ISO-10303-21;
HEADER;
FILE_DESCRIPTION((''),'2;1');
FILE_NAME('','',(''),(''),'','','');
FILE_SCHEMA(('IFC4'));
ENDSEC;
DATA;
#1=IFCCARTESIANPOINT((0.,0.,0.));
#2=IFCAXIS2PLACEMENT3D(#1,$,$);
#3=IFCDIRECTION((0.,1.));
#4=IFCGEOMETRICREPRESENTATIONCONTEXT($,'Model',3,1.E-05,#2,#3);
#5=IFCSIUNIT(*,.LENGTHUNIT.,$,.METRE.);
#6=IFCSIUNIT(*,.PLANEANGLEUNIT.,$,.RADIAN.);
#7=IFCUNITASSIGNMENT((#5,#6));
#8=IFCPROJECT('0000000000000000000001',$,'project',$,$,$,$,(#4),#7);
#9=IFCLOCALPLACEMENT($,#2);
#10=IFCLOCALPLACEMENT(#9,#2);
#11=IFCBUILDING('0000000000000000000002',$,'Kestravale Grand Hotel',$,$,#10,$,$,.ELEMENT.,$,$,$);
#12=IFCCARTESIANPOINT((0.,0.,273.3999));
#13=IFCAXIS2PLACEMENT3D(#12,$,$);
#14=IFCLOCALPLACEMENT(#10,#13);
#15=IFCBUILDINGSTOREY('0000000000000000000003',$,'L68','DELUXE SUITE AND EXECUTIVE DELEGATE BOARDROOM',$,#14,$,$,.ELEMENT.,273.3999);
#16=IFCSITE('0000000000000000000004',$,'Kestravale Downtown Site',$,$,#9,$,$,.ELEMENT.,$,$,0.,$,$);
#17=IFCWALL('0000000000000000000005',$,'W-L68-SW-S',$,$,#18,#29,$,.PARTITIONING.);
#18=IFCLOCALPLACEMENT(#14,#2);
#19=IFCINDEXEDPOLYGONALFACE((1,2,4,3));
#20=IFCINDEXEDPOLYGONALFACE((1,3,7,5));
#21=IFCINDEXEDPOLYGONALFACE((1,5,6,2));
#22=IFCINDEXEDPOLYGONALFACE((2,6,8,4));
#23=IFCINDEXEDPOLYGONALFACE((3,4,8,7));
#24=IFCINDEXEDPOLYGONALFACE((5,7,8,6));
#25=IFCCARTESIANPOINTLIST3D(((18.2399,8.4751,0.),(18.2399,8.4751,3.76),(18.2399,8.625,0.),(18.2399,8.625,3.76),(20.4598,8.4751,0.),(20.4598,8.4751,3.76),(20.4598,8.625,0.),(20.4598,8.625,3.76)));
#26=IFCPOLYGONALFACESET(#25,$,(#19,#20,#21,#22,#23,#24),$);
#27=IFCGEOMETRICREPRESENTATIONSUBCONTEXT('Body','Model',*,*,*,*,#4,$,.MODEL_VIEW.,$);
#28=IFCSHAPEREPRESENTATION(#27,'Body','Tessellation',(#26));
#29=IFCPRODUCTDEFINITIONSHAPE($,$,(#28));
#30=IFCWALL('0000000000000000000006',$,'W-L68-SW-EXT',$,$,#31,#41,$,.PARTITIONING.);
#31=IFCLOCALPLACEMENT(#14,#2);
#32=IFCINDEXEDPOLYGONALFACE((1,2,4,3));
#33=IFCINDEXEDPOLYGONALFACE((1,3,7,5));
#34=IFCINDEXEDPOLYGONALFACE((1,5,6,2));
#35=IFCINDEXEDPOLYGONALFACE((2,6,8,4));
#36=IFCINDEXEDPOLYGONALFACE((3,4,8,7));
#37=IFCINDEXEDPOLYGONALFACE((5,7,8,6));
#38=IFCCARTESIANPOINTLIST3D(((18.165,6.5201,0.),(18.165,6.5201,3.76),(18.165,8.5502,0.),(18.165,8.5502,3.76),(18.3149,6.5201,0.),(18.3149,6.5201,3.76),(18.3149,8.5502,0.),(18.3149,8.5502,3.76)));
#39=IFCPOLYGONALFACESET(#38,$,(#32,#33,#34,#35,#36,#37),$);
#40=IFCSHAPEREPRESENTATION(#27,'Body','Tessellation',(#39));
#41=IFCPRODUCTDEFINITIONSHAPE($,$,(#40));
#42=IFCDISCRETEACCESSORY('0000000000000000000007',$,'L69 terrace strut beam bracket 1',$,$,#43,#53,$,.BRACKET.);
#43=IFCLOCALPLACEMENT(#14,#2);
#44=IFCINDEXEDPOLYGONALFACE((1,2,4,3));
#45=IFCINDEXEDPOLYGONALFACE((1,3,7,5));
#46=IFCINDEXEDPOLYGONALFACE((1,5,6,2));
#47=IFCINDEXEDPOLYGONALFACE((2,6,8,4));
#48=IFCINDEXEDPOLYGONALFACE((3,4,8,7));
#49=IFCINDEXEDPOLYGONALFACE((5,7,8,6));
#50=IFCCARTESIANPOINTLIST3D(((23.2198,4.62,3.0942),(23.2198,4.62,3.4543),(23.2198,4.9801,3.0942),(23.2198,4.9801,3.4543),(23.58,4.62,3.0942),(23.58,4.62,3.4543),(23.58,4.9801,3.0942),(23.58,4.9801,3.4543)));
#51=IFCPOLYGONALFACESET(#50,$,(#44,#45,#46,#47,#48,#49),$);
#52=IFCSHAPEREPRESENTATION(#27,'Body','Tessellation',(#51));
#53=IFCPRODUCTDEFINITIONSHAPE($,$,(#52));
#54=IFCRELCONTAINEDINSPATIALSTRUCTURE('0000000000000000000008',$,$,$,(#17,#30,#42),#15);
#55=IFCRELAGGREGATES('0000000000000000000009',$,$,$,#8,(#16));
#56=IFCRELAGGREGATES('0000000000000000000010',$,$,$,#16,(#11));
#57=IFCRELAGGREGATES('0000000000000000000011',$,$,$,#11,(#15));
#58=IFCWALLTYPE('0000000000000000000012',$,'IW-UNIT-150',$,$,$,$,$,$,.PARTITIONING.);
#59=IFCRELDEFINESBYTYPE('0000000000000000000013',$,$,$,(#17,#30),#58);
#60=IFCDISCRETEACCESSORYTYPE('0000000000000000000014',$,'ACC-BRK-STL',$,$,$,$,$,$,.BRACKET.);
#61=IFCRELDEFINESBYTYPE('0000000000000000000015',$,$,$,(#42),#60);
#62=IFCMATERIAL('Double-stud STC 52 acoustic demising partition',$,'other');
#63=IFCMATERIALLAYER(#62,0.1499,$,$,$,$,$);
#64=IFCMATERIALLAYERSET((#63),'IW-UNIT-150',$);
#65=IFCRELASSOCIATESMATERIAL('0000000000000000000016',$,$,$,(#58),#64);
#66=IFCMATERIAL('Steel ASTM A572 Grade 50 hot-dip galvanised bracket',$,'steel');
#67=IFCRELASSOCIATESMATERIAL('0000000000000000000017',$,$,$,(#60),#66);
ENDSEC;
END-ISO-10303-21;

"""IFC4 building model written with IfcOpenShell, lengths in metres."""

from ifc_helpers import new_model, si_unit, direction, frame, frame_2d, origin, origin_2d, place, context, subcontext, project, spatial, rectangle, extrude, material, layer, layer_set, type_object, element, save


model = new_model("IFC4")

# Units and contexts
model_context = context("Model", 3, precision=1e-05, world=origin(), true_north=direction((0.0, 1.0)))
body_context = subcontext(model_context, "Body", "Model", "MODEL_VIEW")
ifc_project = project(units=[si_unit("LENGTHUNIT", "METRE"), si_unit("PLANEANGLEUNIT", "RADIAN")], contexts=[model_context])

# Site, building, storey
site_placement = place(None, origin())
site = spatial("IfcSite", under=ifc_project, at=site_placement, Name="Kestravale Downtown Site", CompositionType="ELEMENT", RefElevation=0.0)
building_placement = place(site_placement, origin())
building = spatial("IfcBuilding", under=site, at=building_placement, Name="Kestravale Grand Hotel", CompositionType="ELEMENT")
storey_placement = place(building_placement, frame((0.0, 0.0, 273.3999)))
storey = spatial("IfcBuildingStorey", under=building, at=storey_placement, Name="L68", Description="DELUXE SUITE AND EXECUTIVE DELEGATE BOARDROOM", CompositionType="ELEMENT", Elevation=273.3999)

# Walls
ifc_material_1 = material(Name="Double-stud STC 52 acoustic demising partition", Category="other")
ifc_layer_1 = layer(ifc_material_1, 0.1499)
ifc_layer_set_1 = layer_set([ifc_layer_1], Name="IW-UNIT-150")
wall_type_1 = type_object("IfcWallType", Name="IW-UNIT-150", PredefinedType="PARTITIONING", material=ifc_layer_set_1)
wall_1_placement = place(storey_placement, frame((18.24, 8.55, 0.0), z_axis=(0.0, 0.0, 1.0), x_axis=(1.0, 0.0, 0.0)))
element("IfcWall", 1, at=wall_1_placement, inside=storey, type_object=wall_type_1, Name="W-L68-SW-S", PredefinedType="PARTITIONING", context=body_context, shape_type="SweptSolid", body=[
    extrude(rectangle(XDim=2.22, YDim=0.1499, at=frame_2d((1.1099, 0.0))), origin(), (0.0, 0.0, 1.0), 3.76),
])
wall_2_placement = place(storey_placement, frame((18.24, 6.52, 0.0), z_axis=(0.0, 0.0, 1.0), x_axis=(0.0, 1.0, 0.0)))
element("IfcWall", 2, at=wall_2_placement, inside=storey, type_object=wall_type_1, Name="W-L68-SW-EXT", PredefinedType="PARTITIONING", context=body_context, shape_type="SweptSolid", body=[
    extrude(rectangle(XDim=2.03, YDim=0.1499, at=frame_2d((1.0151, 0.0))), origin(), (0.0, 0.0, 1.0), 3.76),
])

# Discrete accessory
ifc_material_2 = material(Name="Steel ASTM A572 Grade 50 hot-dip galvanised bracket", Category="steel")
discrete_accessory_type = type_object("IfcDiscreteAccessoryType", Name="ACC-BRK-STL", PredefinedType="BRACKET", material=ifc_material_2)
discrete_accessory_placement = place(storey_placement, frame((23.3999, 4.8, 3.0942), z_axis=(0.0, 0.0, 1.0), x_axis=(1.0, 0.0, 0.0)))
element("IfcDiscreteAccessory", 3, at=discrete_accessory_placement, inside=storey, type_object=discrete_accessory_type, Name="L69 terrace strut beam bracket 1", PredefinedType="BRACKET", context=body_context, shape_type="SweptSolid", body=[
    extrude(rectangle(XDim=0.3601, YDim=0.3601, at=origin_2d()), origin(), (0.0, 0.0, 1.0), 0.3601),
])

save(model, "model.ifc")
